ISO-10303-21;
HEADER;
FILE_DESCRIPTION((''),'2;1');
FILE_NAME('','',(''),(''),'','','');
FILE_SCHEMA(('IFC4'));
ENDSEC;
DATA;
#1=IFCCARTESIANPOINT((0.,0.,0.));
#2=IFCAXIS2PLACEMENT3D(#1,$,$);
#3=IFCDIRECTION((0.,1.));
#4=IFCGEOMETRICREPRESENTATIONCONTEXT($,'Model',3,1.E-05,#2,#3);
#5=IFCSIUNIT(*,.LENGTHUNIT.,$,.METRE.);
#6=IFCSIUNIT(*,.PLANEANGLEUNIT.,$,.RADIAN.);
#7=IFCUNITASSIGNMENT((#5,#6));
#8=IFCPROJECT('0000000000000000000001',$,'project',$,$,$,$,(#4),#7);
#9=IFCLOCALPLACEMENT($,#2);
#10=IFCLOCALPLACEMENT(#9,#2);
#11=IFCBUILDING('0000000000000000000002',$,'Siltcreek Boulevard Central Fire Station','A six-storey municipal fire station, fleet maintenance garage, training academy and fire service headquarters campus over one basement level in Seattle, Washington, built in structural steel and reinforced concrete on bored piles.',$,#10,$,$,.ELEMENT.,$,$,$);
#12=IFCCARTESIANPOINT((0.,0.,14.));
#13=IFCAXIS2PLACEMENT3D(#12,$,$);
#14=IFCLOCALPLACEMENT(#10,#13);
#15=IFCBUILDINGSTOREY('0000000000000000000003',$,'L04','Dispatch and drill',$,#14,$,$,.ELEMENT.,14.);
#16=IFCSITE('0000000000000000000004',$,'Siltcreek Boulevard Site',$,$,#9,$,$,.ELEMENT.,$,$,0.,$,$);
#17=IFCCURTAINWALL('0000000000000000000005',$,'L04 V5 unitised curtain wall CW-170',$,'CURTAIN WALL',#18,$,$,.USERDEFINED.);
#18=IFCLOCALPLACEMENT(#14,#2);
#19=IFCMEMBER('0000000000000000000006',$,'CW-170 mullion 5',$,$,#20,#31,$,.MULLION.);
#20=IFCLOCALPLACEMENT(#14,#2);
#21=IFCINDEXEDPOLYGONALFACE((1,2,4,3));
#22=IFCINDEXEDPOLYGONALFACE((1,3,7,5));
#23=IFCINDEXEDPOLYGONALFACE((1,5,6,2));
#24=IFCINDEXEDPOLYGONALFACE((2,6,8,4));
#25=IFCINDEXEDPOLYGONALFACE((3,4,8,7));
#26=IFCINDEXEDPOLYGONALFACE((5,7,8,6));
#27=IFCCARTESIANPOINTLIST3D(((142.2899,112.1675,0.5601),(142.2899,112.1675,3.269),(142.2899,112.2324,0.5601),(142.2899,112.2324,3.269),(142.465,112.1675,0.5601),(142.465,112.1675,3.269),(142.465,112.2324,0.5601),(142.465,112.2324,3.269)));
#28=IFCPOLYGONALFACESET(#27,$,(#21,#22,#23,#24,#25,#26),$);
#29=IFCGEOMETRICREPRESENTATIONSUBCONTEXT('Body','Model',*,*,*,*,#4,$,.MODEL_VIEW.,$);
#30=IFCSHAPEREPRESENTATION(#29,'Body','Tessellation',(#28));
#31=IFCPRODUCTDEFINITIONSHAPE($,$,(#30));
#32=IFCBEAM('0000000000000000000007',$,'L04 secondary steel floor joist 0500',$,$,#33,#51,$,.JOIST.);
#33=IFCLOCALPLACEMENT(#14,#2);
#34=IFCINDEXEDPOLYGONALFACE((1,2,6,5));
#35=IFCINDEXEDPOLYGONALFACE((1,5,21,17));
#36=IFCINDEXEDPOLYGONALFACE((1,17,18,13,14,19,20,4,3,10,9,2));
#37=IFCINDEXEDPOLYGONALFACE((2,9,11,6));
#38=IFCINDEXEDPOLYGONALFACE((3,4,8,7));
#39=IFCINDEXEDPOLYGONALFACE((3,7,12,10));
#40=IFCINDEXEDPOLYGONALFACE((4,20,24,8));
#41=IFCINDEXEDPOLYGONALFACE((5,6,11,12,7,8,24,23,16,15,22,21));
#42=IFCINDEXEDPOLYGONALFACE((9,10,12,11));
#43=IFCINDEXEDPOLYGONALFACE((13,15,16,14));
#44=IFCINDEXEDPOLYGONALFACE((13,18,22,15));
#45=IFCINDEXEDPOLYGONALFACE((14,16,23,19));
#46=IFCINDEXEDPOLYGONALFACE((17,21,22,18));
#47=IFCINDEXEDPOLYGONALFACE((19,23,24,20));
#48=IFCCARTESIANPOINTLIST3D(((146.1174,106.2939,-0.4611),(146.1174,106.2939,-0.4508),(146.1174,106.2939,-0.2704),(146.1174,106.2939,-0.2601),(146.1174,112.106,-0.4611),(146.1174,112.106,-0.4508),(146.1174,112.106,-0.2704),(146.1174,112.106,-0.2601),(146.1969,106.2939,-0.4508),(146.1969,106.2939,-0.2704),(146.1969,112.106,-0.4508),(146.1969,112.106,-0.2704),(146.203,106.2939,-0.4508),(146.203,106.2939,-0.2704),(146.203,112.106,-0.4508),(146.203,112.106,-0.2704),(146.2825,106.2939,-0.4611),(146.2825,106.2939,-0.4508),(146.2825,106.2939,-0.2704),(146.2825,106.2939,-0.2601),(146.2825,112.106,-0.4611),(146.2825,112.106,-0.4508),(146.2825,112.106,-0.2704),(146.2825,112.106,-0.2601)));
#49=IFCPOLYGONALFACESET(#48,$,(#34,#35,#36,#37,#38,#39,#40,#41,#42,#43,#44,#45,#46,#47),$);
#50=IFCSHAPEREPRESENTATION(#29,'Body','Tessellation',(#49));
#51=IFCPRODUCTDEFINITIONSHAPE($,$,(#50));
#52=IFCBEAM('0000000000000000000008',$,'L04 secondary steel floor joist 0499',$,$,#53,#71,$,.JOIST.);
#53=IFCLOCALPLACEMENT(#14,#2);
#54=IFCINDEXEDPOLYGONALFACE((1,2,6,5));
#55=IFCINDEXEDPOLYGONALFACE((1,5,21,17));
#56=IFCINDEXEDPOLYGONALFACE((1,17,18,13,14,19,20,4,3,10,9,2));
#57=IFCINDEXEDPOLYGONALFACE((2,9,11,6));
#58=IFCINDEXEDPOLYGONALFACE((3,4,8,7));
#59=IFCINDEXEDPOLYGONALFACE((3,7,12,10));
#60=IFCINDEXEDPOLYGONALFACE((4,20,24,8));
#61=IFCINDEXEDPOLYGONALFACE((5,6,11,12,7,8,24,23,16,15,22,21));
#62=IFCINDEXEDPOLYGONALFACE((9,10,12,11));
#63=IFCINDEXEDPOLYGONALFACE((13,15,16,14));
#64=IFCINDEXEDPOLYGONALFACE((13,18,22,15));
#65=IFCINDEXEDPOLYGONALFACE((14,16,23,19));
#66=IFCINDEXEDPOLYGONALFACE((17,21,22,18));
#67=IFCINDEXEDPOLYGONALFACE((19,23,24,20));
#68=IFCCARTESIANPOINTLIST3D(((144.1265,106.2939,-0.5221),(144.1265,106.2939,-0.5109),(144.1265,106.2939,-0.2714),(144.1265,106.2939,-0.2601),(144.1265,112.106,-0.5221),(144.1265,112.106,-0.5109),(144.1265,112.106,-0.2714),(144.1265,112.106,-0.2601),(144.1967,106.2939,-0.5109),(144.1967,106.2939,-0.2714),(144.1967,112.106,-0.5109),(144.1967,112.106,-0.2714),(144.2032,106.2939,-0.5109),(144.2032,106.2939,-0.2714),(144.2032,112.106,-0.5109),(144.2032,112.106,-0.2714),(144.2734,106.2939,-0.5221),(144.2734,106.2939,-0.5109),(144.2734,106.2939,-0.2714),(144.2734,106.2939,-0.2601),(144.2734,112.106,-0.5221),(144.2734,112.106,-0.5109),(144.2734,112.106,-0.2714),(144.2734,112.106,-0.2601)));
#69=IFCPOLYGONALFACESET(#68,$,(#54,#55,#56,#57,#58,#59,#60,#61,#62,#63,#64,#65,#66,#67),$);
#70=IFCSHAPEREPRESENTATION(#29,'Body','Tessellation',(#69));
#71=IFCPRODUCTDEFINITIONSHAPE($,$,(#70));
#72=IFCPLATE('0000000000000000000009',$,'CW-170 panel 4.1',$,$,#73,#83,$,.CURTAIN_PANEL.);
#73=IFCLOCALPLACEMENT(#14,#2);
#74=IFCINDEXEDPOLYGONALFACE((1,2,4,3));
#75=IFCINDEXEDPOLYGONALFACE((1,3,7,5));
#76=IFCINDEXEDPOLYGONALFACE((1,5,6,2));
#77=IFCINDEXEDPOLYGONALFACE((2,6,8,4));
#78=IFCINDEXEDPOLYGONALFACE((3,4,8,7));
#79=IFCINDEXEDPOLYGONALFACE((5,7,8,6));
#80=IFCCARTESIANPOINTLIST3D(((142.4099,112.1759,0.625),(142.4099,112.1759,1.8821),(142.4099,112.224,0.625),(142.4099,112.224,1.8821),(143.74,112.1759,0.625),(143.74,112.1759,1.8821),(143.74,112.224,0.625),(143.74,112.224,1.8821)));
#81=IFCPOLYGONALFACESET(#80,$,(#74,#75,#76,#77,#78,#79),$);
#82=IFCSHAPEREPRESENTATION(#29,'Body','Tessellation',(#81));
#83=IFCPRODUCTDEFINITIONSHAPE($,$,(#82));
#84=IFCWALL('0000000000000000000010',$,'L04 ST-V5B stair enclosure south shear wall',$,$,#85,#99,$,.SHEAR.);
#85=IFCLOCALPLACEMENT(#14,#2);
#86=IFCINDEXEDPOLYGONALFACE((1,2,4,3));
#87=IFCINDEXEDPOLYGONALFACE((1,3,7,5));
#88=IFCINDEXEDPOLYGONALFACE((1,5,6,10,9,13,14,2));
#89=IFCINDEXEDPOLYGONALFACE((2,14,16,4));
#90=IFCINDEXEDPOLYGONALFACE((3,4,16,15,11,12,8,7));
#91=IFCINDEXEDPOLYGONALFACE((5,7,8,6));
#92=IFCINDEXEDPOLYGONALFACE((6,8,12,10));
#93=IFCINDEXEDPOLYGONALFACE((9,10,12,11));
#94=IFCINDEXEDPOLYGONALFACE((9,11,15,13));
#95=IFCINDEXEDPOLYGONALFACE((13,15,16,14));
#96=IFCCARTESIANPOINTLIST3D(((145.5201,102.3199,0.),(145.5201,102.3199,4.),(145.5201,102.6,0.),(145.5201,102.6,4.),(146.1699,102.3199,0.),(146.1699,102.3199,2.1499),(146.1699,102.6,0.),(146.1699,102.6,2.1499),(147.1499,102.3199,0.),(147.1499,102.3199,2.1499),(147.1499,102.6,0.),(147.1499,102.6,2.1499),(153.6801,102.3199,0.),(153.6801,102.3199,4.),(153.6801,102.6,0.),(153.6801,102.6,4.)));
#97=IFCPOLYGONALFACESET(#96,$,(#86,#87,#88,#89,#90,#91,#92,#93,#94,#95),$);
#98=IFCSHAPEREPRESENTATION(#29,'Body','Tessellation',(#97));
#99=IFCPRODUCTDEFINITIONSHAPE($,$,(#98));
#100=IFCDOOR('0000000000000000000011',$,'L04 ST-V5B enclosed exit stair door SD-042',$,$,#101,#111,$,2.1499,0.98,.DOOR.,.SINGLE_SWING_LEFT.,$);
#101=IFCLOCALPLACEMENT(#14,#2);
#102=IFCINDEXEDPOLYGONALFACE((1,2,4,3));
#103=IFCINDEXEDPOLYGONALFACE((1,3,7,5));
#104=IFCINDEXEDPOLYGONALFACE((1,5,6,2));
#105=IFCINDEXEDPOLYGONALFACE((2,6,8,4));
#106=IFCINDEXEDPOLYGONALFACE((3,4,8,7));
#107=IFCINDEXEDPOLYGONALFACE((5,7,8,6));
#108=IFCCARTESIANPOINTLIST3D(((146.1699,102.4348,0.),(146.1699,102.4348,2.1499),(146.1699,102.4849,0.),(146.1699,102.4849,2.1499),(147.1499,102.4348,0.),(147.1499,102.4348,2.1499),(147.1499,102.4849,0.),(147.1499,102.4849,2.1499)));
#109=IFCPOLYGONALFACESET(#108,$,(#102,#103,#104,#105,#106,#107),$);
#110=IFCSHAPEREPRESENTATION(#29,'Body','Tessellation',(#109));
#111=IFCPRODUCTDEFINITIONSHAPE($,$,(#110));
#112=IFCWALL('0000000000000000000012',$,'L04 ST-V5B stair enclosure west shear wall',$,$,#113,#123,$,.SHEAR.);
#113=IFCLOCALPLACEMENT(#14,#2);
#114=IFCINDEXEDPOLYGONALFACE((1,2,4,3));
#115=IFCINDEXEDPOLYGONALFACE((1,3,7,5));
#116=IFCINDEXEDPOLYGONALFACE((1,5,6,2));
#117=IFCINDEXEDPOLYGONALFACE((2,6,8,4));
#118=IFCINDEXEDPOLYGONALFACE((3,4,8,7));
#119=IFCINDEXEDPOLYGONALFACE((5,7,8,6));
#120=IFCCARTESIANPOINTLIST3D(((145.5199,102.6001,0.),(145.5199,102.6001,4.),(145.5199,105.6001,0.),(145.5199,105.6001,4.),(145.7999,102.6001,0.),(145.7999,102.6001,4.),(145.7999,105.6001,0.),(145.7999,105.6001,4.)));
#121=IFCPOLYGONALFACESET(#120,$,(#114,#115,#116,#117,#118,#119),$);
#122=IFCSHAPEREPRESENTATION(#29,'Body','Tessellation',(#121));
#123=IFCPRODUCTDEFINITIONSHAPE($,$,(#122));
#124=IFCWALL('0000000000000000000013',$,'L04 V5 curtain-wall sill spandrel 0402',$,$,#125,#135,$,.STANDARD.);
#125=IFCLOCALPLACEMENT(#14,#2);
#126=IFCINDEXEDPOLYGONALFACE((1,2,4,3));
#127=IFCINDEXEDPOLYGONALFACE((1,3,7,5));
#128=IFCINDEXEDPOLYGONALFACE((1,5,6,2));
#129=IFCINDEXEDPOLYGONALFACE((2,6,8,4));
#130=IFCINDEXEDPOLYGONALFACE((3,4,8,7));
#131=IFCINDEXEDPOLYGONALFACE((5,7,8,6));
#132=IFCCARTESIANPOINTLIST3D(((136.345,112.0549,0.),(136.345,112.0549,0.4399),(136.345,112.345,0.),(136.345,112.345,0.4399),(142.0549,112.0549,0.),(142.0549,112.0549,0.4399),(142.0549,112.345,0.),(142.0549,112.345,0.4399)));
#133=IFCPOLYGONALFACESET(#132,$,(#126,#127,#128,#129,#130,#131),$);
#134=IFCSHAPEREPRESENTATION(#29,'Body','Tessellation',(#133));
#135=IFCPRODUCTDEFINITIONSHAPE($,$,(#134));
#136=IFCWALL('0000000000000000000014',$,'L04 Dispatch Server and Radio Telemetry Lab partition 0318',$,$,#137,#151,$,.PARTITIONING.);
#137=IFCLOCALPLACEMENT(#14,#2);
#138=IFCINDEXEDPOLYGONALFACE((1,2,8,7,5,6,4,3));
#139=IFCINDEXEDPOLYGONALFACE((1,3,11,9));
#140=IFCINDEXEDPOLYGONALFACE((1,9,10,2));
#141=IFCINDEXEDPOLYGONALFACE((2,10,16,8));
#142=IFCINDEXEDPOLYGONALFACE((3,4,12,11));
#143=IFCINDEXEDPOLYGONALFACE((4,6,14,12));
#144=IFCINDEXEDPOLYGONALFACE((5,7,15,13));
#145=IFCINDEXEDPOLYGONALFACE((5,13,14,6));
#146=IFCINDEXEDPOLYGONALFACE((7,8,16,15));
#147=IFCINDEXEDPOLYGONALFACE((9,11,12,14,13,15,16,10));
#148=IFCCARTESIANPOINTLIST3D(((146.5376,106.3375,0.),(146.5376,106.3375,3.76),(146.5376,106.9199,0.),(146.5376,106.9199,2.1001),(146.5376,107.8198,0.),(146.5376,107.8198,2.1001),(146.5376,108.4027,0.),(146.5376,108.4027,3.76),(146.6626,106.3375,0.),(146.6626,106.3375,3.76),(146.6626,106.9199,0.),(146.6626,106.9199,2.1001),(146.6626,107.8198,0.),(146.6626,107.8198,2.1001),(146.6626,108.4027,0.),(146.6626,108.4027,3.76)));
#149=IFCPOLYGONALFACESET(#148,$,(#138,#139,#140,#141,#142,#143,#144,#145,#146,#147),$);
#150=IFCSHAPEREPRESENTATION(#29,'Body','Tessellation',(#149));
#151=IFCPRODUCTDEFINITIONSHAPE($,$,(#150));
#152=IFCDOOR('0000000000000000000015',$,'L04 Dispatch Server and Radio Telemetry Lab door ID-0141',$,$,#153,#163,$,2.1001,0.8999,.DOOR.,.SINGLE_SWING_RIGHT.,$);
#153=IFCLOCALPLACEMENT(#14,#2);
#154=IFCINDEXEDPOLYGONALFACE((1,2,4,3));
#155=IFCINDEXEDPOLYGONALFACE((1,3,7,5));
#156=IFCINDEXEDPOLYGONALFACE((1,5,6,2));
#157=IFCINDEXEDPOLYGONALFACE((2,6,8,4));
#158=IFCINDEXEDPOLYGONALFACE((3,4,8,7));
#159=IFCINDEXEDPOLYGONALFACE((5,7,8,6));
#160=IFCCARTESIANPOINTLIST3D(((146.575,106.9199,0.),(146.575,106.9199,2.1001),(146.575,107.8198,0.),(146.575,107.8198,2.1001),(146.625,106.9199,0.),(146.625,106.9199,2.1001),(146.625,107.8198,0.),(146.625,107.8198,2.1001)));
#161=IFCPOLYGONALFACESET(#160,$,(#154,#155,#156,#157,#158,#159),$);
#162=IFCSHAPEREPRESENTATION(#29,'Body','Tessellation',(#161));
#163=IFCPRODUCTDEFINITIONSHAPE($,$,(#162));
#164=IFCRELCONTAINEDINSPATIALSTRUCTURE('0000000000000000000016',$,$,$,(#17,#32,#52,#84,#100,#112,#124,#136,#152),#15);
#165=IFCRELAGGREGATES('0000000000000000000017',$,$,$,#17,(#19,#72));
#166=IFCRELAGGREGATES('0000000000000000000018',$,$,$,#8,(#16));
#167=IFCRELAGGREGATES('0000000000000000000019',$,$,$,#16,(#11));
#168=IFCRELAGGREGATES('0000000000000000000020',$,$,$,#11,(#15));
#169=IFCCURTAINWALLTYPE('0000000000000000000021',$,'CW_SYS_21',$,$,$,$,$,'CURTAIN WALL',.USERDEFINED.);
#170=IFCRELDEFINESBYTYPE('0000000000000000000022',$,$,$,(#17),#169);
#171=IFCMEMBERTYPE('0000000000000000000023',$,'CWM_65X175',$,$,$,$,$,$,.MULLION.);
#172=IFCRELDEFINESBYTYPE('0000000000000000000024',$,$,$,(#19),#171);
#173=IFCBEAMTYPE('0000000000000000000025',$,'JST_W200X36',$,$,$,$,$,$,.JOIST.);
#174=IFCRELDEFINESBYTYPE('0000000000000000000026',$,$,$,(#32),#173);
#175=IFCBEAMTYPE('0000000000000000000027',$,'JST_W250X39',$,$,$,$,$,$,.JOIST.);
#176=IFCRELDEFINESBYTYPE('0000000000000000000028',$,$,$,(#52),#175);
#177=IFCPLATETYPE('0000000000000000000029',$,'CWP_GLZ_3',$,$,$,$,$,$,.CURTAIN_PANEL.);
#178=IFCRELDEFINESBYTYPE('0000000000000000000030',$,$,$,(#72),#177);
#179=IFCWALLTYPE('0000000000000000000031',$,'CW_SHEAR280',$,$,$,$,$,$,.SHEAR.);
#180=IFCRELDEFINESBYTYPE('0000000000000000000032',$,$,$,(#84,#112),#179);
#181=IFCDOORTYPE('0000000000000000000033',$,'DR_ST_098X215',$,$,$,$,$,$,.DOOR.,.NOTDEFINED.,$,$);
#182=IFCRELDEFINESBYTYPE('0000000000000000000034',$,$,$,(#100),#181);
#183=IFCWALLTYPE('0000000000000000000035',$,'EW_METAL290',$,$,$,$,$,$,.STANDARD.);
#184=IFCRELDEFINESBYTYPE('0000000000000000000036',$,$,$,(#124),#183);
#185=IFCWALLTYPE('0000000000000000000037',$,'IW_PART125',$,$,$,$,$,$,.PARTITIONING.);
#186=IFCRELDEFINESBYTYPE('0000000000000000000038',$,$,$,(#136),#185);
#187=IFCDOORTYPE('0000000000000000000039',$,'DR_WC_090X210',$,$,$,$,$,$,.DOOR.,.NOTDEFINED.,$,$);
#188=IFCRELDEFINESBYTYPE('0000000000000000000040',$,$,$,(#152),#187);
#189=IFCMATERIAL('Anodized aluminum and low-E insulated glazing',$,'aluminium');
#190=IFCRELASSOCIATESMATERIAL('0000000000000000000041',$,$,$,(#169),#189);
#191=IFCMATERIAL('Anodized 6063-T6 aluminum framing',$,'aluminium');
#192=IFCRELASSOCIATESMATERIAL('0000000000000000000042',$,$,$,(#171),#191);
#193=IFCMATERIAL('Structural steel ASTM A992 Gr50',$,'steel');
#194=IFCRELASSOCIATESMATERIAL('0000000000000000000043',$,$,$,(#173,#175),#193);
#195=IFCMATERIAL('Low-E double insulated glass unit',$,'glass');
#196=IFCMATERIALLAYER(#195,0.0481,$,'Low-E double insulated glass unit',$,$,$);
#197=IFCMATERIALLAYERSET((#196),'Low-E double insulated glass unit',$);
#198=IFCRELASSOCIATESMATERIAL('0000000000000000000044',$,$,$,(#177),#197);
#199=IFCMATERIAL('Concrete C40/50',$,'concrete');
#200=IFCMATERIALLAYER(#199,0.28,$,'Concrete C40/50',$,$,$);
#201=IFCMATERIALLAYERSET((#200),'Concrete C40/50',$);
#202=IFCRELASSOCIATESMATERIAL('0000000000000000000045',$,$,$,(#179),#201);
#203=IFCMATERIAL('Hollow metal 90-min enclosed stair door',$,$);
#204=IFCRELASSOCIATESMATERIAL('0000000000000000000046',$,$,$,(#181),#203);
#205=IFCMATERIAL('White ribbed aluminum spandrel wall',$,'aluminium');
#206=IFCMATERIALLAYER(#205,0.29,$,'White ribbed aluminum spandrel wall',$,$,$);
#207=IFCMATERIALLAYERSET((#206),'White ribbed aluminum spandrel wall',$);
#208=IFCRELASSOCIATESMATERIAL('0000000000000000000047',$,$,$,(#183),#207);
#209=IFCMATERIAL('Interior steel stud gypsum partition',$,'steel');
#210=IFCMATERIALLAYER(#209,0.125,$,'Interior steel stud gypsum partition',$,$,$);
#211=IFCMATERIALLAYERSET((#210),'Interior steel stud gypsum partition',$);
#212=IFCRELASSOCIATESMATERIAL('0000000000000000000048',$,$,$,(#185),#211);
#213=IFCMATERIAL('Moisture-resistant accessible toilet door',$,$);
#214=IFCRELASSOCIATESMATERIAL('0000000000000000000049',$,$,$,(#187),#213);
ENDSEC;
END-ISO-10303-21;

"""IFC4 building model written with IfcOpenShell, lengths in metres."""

from ifc_helpers import new_model, si_unit, direction, frame, frame_2d, origin, origin_2d, place, context, subcontext, project, spatial, rectangle, i_section, extrude, material, layer, layer_set, material_profile, profile_set, type_object, element, fill, aggregate, save


model = new_model("IFC4")

# Units and contexts
model_context = context("Model", 3, precision=1e-05, world=origin(), true_north=direction((0.0, 1.0)))
body_context = subcontext(model_context, "Body", "Model", "MODEL_VIEW")
ifc_project = project(units=[si_unit("LENGTHUNIT", "METRE"), si_unit("PLANEANGLEUNIT", "RADIAN")], contexts=[model_context])

# Site, building, storey
site_placement = place(None, origin())
site = spatial("IfcSite", under=ifc_project, at=site_placement, Name="Siltcreek Boulevard Site", CompositionType="ELEMENT", RefElevation=0.0)
building_placement = place(site_placement, origin())
building = spatial("IfcBuilding", under=site, at=building_placement, Name="Siltcreek Boulevard Central Fire Station", Description="A six-storey municipal fire station, fleet maintenance garage, training academy and fire service headquarters campus over one basement level in Seattle, Washington, built in structural steel and reinforced concrete on bored piles.", CompositionType="ELEMENT")
storey_placement = place(building_placement, frame((0.0, 0.0, 14.0)))
storey = spatial("IfcBuildingStorey", under=building, at=storey_placement, Name="L04", Description="Dispatch and drill", CompositionType="ELEMENT", Elevation=14.0)

# Shared definitions
ifc_material_1 = material(Name="Structural steel ASTM A992 Gr50", Category="steel")

# Curtain wall, member
ifc_material_2 = material(Name="Anodized aluminum and low-E insulated glazing", Category="aluminium")
ifc_material_3 = material(Name="Anodized 6063-T6 aluminum framing", Category="aluminium")
curtain_wall_type_1 = type_object("IfcCurtainWallType", Name="CW_SYS_21", ElementType="CURTAIN WALL", PredefinedType="USERDEFINED", material=ifc_material_2)
curtain_wall_1_placement = place(storey_placement, origin())
curtain_wall_1 = element("IfcCurtainWall", 1, at=curtain_wall_1_placement, inside=storey, type_object=curtain_wall_type_1, Name="L04 V5 unitised curtain wall CW-170", ObjectType="CURTAIN WALL", PredefinedType="USERDEFINED")
ifc_material_profile_1 = material_profile(ifc_material_3, rectangle(XDim=0.0649, YDim=0.175, at=origin_2d()), Name="MULL65X175")
ifc_profile_set_1 = profile_set([ifc_material_profile_1], Name="Anodized 6063-T6 aluminum framing")
member_type_1 = type_object("IfcMemberType", Name="CWM_65X175", PredefinedType="MULLION", material=ifc_profile_set_1)
member_1_placement = place(storey_placement, frame((142.3774, 112.2, 0.5601), z_axis=(0.0, 0.0, 1.0), x_axis=(0.0, -1.0, 0.0)))
member_1 = element("IfcMember", 2, at=member_1_placement, type_object=member_type_1, Name="CW-170 mullion 5", PredefinedType="MULLION", context=body_context, shape_type="SweptSolid", body=[
    extrude(rectangle(XDim=0.0649, YDim=0.175, at=origin_2d()), origin(), (0.0, 0.0, 1.0), 2.709),
])

# Beams
ifc_material_profile_2 = material_profile(ifc_material_1, i_section(OverallWidth=0.165, OverallDepth=0.2009, WebThickness=0.0061, FlangeThickness=0.0103, at=origin_2d()), Name="W200X36")
ifc_profile_set_2 = profile_set([ifc_material_profile_2], Name="Structural steel ASTM A992 Gr50")
beam_type_1 = type_object("IfcBeamType", Name="JST_W200X36", PredefinedType="JOIST", material=ifc_profile_set_2)
beam_1_placement = place(storey_placement, frame((146.2, 106.2939, -0.3606), z_axis=(0.0, 1.0, 0.0), x_axis=(-1.0, 0.0, 0.0)))
element("IfcBeam", 3, at=beam_1_placement, inside=storey, type_object=beam_type_1, Name="L04 secondary steel floor joist 0500", PredefinedType="JOIST", context=body_context, shape_type="SweptSolid", body=[
    extrude(i_section(OverallWidth=0.165, OverallDepth=0.2009, WebThickness=0.0061, FlangeThickness=0.0103, at=origin_2d()), origin(), (0.0, 0.0, 1.0), 5.812),
])
ifc_material_profile_3 = material_profile(ifc_material_1, i_section(OverallWidth=0.147, OverallDepth=0.262, WebThickness=0.0066, FlangeThickness=0.0112, at=origin_2d()), Name="W250X39")
ifc_profile_set_3 = profile_set([ifc_material_profile_3], Name="Structural steel ASTM A992 Gr50")
beam_type_2 = type_object("IfcBeamType", Name="JST_W250X39", PredefinedType="JOIST", material=ifc_profile_set_3)
beam_2_placement = place(storey_placement, frame((144.2, 106.2939, -0.3911), z_axis=(0.0, 1.0, 0.0), x_axis=(-1.0, 0.0, 0.0)))
element("IfcBeam", 4, at=beam_2_placement, inside=storey, type_object=beam_type_2, Name="L04 secondary steel floor joist 0499", PredefinedType="JOIST", context=body_context, shape_type="SweptSolid", body=[
    extrude(i_section(OverallWidth=0.147, OverallDepth=0.262, WebThickness=0.0066, FlangeThickness=0.0112, at=origin_2d()), origin(), (0.0, 0.0, 1.0), 5.812),
])

# Plate
ifc_material_4 = material(Name="Low-E double insulated glass unit", Category="glass")
ifc_layer_1 = layer(ifc_material_4, 0.0481, Name="Low-E double insulated glass unit")
ifc_layer_set_1 = layer_set([ifc_layer_1], Name="Low-E double insulated glass unit")
plate_type = type_object("IfcPlateType", Name="CWP_GLZ_3", PredefinedType="CURTAIN_PANEL", material=ifc_layer_set_1)
plate_placement = place(storey_placement, frame((143.075, 112.2, 0.625), z_axis=(0.0, 0.0, 1.0), x_axis=(-1.0, 0.0, 0.0)))
plate = element("IfcPlate", 5, at=plate_placement, type_object=plate_type, Name="CW-170 panel 4.1", PredefinedType="CURTAIN_PANEL", context=body_context, shape_type="SweptSolid", body=[
    extrude(rectangle(XDim=1.3301, YDim=0.0481, at=origin_2d()), origin(), (0.0, 0.0, 1.0), 1.2571),
])
aggregate(curtain_wall_1, [member_1, plate])

# Wall, opening, door
ifc_material_5 = material(Name="Concrete C40/50", Category="concrete")
ifc_layer_2 = layer(ifc_material_5, 0.28, Name="Concrete C40/50")
ifc_layer_set_2 = layer_set([ifc_layer_2], Name="Concrete C40/50")
wall_type_1 = type_object("IfcWallType", Name="CW_SHEAR280", PredefinedType="SHEAR", material=ifc_layer_set_2)
wall_1_placement = place(storey_placement, frame((145.52, 102.46, 0.0), z_axis=(0.0, 0.0, 1.0), x_axis=(1.0, 0.0, 0.0)))
wall_1 = element("IfcWall", 6, at=wall_1_placement, inside=storey, type_object=wall_type_1, Name="L04 ST-V5B stair enclosure south shear wall", PredefinedType="SHEAR", context=body_context, shape_type="SweptSolid", body=[
    extrude(rectangle(XDim=8.1599, YDim=0.28, at=frame_2d((4.0801, 0.0))), origin(), (0.0, 0.0, 1.0), 4.0),
])
opening_1_placement = place(wall_1_placement, frame((0.6499, 0.0, 0.0)))
opening_1 = element("IfcOpeningElement", 7, at=opening_1_placement, cuts=wall_1, PredefinedType="OPENING", context=body_context, shape_type="SweptSolid", body=[
    extrude(rectangle(XDim=0.98, YDim=2.1499, at=frame_2d((0.49, 1.075))), frame((0.0, 0.1499, 0.0), z_axis=(0.0, -1.0, 0.0), x_axis=(1.0, 0.0, 0.0)), (0.0, 0.0, 1.0), 0.3),
])
ifc_material_6 = material(Name="Hollow metal 90-min enclosed stair door")
door_type_1 = type_object("IfcDoorType", Name="DR_ST_098X215", OperationType="NOTDEFINED", PredefinedType="DOOR", material=ifc_material_6)
door_1_placement = place(opening_1_placement, origin())
door_1 = element("IfcDoor", 8, at=door_1_placement, inside=storey, type_object=door_type_1, Name="L04 ST-V5B enclosed exit stair door SD-042", OperationType="SINGLE_SWING_LEFT", OverallHeight=2.1499, OverallWidth=0.98, PredefinedType="DOOR", context=body_context, shape_type="SweptSolid", body=[
    extrude(rectangle(XDim=0.98, YDim=2.1499, at=frame_2d((0.49, 1.075))), frame((0.0, 0.0249, 0.0), z_axis=(0.0, -1.0, 0.0), x_axis=(1.0, 0.0, 0.0)), (0.0, 0.0, 1.0), 0.05),
])
fill(opening_1, door_1)

# Walls
wall_2_placement = place(storey_placement, frame((145.6599, 105.6001, 0.0), z_axis=(0.0, 0.0, 1.0), x_axis=(0.0, -1.0, 0.0)))
element("IfcWall", 9, at=wall_2_placement, inside=storey, type_object=wall_type_1, Name="L04 ST-V5B stair enclosure west shear wall", PredefinedType="SHEAR", context=body_context, shape_type="SweptSolid", body=[
    extrude(rectangle(XDim=3.0, YDim=0.28, at=frame_2d((1.5, 0.0))), origin(), (0.0, 0.0, 1.0), 4.0),
])
ifc_material_7 = material(Name="White ribbed aluminum spandrel wall", Category="aluminium")
ifc_layer_3 = layer(ifc_material_7, 0.29, Name="White ribbed aluminum spandrel wall")
ifc_layer_set_3 = layer_set([ifc_layer_3], Name="White ribbed aluminum spandrel wall")
wall_type_2 = type_object("IfcWallType", Name="EW_METAL290", PredefinedType="STANDARD", material=ifc_layer_set_3)
wall_3_placement = place(storey_placement, frame((142.0549, 112.2, 0.0), z_axis=(0.0, 0.0, 1.0), x_axis=(-1.0, 0.0, 0.0)))
element("IfcWall", 10, at=wall_3_placement, inside=storey, type_object=wall_type_2, Name="L04 V5 curtain-wall sill spandrel 0402", PredefinedType="STANDARD", context=body_context, shape_type="SweptSolid", body=[
    extrude(rectangle(XDim=5.71, YDim=0.29, at=frame_2d((2.855, 0.0))), origin(), (0.0, 0.0, 1.0), 0.4399),
])

# Wall, opening, door
ifc_material_8 = material(Name="Interior steel stud gypsum partition", Category="steel")
ifc_layer_4 = layer(ifc_material_8, 0.125, Name="Interior steel stud gypsum partition")
ifc_layer_set_4 = layer_set([ifc_layer_4], Name="Interior steel stud gypsum partition")
wall_type_3 = type_object("IfcWallType", Name="IW_PART125", PredefinedType="PARTITIONING", material=ifc_layer_set_4)
wall_4_placement = place(storey_placement, frame((146.6001, 106.3374, 0.0), z_axis=(0.0, 0.0, 1.0), x_axis=(0.0, 1.0, 0.0)))
wall_4 = element("IfcWall", 11, at=wall_4_placement, inside=storey, type_object=wall_type_3, Name="L04 Dispatch Server and Radio Telemetry Lab partition 0318", PredefinedType="PARTITIONING", context=body_context, shape_type="SweptSolid", body=[
    extrude(rectangle(XDim=2.0652, YDim=0.125, at=frame_2d((1.0327, 0.0))), origin(), (0.0, 0.0, 1.0), 3.76),
])
opening_2_placement = place(wall_4_placement, frame((0.5825, 0.0, 0.0)))
opening_2 = element("IfcOpeningElement", 12, at=opening_2_placement, cuts=wall_4, PredefinedType="OPENING", context=body_context, shape_type="SweptSolid", body=[
    extrude(rectangle(XDim=0.8999, YDim=2.1001, at=frame_2d((0.45, 1.05))), frame((0.0, 0.0725, 0.0), z_axis=(0.0, -1.0, 0.0), x_axis=(1.0, 0.0, 0.0)), (0.0, 0.0, 1.0), 0.145),
])
ifc_material_9 = material(Name="Moisture-resistant accessible toilet door")
door_type_2 = type_object("IfcDoorType", Name="DR_WC_090X210", OperationType="NOTDEFINED", PredefinedType="DOOR", material=ifc_material_9)
door_2_placement = place(opening_2_placement, frame((0.8999, 0.0, 0.0), z_axis=(0.0, 0.0, 1.0), x_axis=(-1.0, 0.0, 0.0)))
door_2 = element("IfcDoor", 13, at=door_2_placement, inside=storey, type_object=door_type_2, Name="L04 Dispatch Server and Radio Telemetry Lab door ID-0141", OperationType="SINGLE_SWING_RIGHT", OverallHeight=2.1001, OverallWidth=0.8999, PredefinedType="DOOR", context=body_context, shape_type="SweptSolid", body=[
    extrude(rectangle(XDim=0.8999, YDim=2.1001, at=frame_2d((0.45, 1.05))), frame((0.0, 0.0249, 0.0), z_axis=(0.0, -1.0, 0.0), x_axis=(1.0, 0.0, 0.0)), (0.0, 0.0, 1.0), 0.05),
])
fill(opening_2, door_2)

save(model, "model.ifc")
